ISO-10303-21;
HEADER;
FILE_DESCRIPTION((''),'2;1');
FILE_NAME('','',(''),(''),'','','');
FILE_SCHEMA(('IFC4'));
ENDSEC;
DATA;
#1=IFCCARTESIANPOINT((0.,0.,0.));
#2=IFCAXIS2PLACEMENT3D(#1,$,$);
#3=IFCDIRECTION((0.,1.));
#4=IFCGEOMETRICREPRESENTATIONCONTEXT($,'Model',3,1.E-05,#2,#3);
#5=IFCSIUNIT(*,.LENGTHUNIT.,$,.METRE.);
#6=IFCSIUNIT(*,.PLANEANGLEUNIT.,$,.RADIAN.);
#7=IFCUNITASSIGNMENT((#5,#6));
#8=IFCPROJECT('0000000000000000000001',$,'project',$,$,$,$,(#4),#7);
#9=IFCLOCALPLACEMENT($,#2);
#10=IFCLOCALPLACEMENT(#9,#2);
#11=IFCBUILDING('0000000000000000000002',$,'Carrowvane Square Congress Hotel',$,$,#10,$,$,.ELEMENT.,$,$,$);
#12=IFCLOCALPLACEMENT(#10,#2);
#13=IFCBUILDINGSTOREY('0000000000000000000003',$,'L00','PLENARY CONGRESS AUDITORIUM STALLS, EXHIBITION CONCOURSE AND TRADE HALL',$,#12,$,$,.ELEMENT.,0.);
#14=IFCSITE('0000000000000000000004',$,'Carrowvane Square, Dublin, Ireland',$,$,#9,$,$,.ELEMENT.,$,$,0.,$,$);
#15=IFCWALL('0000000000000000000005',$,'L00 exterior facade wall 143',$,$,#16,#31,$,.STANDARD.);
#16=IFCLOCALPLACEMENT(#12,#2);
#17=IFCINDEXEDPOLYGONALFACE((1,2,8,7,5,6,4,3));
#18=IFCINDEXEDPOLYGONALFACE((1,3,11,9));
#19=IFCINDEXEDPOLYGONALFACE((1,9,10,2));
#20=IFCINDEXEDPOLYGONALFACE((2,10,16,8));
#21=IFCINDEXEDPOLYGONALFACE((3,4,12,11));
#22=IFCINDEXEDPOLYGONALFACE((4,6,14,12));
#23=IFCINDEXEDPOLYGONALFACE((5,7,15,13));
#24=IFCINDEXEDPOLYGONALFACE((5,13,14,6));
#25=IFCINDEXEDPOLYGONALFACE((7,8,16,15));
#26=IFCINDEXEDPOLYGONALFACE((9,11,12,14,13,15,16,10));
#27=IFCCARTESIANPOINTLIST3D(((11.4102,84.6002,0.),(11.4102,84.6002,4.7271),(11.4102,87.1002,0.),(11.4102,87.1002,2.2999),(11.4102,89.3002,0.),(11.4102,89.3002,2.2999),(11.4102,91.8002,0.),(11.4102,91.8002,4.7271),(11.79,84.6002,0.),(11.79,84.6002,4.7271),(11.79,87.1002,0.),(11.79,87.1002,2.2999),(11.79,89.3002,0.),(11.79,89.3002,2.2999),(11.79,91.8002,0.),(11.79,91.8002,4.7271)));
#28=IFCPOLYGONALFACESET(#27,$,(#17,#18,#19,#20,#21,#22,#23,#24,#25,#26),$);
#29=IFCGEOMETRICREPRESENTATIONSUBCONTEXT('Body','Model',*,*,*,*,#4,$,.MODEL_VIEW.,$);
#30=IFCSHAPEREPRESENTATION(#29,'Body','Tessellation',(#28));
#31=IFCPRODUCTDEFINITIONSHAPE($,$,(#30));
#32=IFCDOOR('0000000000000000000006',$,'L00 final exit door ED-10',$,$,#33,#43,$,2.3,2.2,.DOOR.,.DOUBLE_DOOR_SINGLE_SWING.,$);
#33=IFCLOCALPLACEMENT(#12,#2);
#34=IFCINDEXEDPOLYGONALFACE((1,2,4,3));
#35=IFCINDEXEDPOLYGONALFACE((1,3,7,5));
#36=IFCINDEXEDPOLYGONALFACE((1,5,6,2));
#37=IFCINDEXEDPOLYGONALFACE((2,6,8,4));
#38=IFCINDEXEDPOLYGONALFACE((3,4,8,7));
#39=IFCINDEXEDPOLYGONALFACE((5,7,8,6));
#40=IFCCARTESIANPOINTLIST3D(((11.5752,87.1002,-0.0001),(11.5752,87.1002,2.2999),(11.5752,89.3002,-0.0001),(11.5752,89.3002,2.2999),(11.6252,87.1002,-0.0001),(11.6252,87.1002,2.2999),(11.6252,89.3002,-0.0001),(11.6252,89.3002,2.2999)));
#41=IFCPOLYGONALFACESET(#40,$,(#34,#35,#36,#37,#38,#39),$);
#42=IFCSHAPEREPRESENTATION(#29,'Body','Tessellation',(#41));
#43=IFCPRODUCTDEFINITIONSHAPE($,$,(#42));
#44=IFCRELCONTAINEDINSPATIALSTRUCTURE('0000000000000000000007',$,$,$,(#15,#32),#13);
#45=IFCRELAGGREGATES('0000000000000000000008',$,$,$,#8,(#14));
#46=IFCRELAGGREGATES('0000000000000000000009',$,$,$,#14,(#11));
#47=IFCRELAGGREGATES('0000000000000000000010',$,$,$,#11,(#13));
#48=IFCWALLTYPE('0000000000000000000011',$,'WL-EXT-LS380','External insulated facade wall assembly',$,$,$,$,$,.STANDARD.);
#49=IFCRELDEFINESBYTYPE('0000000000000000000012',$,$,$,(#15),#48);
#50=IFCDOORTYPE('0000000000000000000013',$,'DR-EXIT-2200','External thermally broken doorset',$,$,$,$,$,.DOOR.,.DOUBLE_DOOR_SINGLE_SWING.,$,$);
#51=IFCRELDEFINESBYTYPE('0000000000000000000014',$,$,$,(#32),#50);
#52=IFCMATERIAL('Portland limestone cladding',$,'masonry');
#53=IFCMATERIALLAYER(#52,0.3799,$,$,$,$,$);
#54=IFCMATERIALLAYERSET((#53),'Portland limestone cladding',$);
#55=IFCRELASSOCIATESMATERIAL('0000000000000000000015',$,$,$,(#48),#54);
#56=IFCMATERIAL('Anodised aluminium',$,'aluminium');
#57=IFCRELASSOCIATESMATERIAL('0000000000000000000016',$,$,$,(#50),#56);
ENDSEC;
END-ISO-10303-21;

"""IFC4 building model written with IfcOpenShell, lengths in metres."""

from ifc_helpers import new_model, si_unit, direction, frame, frame_2d, origin, place, context, subcontext, project, spatial, rectangle, extrude, material, layer, layer_set, type_object, element, fill, save


model = new_model("IFC4")

# Units and contexts
model_context = context("Model", 3, precision=1e-05, world=origin(), true_north=direction((0.0, 1.0)))
body_context = subcontext(model_context, "Body", "Model", "MODEL_VIEW")
ifc_project = project(units=[si_unit("LENGTHUNIT", "METRE"), si_unit("PLANEANGLEUNIT", "RADIAN")], contexts=[model_context])

# Site, building, storey
site_placement = place(None, origin())
site = spatial("IfcSite", under=ifc_project, at=site_placement, Name="Carrowvane Square, Dublin, Ireland", CompositionType="ELEMENT", RefElevation=0.0)
building_placement = place(site_placement, origin())
building = spatial("IfcBuilding", under=site, at=building_placement, Name="Carrowvane Square Congress Hotel", CompositionType="ELEMENT")
storey_placement = place(building_placement, origin())
storey = spatial("IfcBuildingStorey", under=building, at=storey_placement, Name="L00", Description="PLENARY CONGRESS AUDITORIUM STALLS, EXHIBITION CONCOURSE AND TRADE HALL", CompositionType="ELEMENT", Elevation=0.0)

# Wall, opening, door
ifc_material_1 = material(Name="Portland limestone cladding", Category="masonry")
ifc_layer_1 = layer(ifc_material_1, 0.3799)
ifc_layer_set_1 = layer_set([ifc_layer_1], Name="Portland limestone cladding")
wall_type_1 = type_object("IfcWallType", Name="WL-EXT-LS380", Description="External insulated facade wall assembly", PredefinedType="STANDARD", material=ifc_layer_set_1)
wall_1_placement = place(storey_placement, frame((11.6001, 84.6001, 0.0), z_axis=(0.0, 0.0, 1.0), x_axis=(0.0, 1.0, 0.0)))
wall_1 = element("IfcWall", 1, at=wall_1_placement, inside=storey, type_object=wall_type_1, Name="L00 exterior facade wall 143", PredefinedType="STANDARD", context=body_context, shape_type="SweptSolid", body=[
    extrude(rectangle(XDim=7.2, YDim=0.3799, at=frame_2d((3.6001, 0.0))), origin(), (0.0, 0.0, 1.0), 4.7271),
])
opening_1_placement = place(wall_1_placement, frame((2.5, 0.0, 0.0)))
opening_1 = element("IfcOpeningElement", 2, at=opening_1_placement, cuts=wall_1, PredefinedType="OPENING", context=body_context, shape_type="SweptSolid", body=[
    extrude(rectangle(XDim=2.2, YDim=2.3, at=frame_2d((1.1001, 1.1499))), frame((0.0, 0.2, 0.0), z_axis=(0.0, -1.0, 0.0), x_axis=(1.0, 0.0, 0.0)), (0.0, 0.0, 1.0), 0.3999),
])
ifc_material_2 = material(Name="Anodised aluminium", Category="aluminium")
door_type_1 = type_object("IfcDoorType", Name="DR-EXIT-2200", Description="External thermally broken doorset", OperationType="DOUBLE_DOOR_SINGLE_SWING", PredefinedType="DOOR", material=ifc_material_2)
door_1_placement = place(opening_1_placement, origin())
door_1 = element("IfcDoor", 3, at=door_1_placement, inside=storey, type_object=door_type_1, Name="L00 final exit door ED-10", OperationType="DOUBLE_DOOR_SINGLE_SWING", OverallHeight=2.3, OverallWidth=2.2, PredefinedType="DOOR", context=body_context, shape_type="SweptSolid", body=[
    extrude(rectangle(XDim=2.2, YDim=2.3, at=frame_2d((1.1001, 1.1499))), frame((0.0, 0.0249, 0.0), z_axis=(0.0, -1.0, 0.0), x_axis=(1.0, 0.0, 0.0)), (0.0, 0.0, 1.0), 0.05),
])
fill(opening_1, door_1)

save(model, "model.ifc")
